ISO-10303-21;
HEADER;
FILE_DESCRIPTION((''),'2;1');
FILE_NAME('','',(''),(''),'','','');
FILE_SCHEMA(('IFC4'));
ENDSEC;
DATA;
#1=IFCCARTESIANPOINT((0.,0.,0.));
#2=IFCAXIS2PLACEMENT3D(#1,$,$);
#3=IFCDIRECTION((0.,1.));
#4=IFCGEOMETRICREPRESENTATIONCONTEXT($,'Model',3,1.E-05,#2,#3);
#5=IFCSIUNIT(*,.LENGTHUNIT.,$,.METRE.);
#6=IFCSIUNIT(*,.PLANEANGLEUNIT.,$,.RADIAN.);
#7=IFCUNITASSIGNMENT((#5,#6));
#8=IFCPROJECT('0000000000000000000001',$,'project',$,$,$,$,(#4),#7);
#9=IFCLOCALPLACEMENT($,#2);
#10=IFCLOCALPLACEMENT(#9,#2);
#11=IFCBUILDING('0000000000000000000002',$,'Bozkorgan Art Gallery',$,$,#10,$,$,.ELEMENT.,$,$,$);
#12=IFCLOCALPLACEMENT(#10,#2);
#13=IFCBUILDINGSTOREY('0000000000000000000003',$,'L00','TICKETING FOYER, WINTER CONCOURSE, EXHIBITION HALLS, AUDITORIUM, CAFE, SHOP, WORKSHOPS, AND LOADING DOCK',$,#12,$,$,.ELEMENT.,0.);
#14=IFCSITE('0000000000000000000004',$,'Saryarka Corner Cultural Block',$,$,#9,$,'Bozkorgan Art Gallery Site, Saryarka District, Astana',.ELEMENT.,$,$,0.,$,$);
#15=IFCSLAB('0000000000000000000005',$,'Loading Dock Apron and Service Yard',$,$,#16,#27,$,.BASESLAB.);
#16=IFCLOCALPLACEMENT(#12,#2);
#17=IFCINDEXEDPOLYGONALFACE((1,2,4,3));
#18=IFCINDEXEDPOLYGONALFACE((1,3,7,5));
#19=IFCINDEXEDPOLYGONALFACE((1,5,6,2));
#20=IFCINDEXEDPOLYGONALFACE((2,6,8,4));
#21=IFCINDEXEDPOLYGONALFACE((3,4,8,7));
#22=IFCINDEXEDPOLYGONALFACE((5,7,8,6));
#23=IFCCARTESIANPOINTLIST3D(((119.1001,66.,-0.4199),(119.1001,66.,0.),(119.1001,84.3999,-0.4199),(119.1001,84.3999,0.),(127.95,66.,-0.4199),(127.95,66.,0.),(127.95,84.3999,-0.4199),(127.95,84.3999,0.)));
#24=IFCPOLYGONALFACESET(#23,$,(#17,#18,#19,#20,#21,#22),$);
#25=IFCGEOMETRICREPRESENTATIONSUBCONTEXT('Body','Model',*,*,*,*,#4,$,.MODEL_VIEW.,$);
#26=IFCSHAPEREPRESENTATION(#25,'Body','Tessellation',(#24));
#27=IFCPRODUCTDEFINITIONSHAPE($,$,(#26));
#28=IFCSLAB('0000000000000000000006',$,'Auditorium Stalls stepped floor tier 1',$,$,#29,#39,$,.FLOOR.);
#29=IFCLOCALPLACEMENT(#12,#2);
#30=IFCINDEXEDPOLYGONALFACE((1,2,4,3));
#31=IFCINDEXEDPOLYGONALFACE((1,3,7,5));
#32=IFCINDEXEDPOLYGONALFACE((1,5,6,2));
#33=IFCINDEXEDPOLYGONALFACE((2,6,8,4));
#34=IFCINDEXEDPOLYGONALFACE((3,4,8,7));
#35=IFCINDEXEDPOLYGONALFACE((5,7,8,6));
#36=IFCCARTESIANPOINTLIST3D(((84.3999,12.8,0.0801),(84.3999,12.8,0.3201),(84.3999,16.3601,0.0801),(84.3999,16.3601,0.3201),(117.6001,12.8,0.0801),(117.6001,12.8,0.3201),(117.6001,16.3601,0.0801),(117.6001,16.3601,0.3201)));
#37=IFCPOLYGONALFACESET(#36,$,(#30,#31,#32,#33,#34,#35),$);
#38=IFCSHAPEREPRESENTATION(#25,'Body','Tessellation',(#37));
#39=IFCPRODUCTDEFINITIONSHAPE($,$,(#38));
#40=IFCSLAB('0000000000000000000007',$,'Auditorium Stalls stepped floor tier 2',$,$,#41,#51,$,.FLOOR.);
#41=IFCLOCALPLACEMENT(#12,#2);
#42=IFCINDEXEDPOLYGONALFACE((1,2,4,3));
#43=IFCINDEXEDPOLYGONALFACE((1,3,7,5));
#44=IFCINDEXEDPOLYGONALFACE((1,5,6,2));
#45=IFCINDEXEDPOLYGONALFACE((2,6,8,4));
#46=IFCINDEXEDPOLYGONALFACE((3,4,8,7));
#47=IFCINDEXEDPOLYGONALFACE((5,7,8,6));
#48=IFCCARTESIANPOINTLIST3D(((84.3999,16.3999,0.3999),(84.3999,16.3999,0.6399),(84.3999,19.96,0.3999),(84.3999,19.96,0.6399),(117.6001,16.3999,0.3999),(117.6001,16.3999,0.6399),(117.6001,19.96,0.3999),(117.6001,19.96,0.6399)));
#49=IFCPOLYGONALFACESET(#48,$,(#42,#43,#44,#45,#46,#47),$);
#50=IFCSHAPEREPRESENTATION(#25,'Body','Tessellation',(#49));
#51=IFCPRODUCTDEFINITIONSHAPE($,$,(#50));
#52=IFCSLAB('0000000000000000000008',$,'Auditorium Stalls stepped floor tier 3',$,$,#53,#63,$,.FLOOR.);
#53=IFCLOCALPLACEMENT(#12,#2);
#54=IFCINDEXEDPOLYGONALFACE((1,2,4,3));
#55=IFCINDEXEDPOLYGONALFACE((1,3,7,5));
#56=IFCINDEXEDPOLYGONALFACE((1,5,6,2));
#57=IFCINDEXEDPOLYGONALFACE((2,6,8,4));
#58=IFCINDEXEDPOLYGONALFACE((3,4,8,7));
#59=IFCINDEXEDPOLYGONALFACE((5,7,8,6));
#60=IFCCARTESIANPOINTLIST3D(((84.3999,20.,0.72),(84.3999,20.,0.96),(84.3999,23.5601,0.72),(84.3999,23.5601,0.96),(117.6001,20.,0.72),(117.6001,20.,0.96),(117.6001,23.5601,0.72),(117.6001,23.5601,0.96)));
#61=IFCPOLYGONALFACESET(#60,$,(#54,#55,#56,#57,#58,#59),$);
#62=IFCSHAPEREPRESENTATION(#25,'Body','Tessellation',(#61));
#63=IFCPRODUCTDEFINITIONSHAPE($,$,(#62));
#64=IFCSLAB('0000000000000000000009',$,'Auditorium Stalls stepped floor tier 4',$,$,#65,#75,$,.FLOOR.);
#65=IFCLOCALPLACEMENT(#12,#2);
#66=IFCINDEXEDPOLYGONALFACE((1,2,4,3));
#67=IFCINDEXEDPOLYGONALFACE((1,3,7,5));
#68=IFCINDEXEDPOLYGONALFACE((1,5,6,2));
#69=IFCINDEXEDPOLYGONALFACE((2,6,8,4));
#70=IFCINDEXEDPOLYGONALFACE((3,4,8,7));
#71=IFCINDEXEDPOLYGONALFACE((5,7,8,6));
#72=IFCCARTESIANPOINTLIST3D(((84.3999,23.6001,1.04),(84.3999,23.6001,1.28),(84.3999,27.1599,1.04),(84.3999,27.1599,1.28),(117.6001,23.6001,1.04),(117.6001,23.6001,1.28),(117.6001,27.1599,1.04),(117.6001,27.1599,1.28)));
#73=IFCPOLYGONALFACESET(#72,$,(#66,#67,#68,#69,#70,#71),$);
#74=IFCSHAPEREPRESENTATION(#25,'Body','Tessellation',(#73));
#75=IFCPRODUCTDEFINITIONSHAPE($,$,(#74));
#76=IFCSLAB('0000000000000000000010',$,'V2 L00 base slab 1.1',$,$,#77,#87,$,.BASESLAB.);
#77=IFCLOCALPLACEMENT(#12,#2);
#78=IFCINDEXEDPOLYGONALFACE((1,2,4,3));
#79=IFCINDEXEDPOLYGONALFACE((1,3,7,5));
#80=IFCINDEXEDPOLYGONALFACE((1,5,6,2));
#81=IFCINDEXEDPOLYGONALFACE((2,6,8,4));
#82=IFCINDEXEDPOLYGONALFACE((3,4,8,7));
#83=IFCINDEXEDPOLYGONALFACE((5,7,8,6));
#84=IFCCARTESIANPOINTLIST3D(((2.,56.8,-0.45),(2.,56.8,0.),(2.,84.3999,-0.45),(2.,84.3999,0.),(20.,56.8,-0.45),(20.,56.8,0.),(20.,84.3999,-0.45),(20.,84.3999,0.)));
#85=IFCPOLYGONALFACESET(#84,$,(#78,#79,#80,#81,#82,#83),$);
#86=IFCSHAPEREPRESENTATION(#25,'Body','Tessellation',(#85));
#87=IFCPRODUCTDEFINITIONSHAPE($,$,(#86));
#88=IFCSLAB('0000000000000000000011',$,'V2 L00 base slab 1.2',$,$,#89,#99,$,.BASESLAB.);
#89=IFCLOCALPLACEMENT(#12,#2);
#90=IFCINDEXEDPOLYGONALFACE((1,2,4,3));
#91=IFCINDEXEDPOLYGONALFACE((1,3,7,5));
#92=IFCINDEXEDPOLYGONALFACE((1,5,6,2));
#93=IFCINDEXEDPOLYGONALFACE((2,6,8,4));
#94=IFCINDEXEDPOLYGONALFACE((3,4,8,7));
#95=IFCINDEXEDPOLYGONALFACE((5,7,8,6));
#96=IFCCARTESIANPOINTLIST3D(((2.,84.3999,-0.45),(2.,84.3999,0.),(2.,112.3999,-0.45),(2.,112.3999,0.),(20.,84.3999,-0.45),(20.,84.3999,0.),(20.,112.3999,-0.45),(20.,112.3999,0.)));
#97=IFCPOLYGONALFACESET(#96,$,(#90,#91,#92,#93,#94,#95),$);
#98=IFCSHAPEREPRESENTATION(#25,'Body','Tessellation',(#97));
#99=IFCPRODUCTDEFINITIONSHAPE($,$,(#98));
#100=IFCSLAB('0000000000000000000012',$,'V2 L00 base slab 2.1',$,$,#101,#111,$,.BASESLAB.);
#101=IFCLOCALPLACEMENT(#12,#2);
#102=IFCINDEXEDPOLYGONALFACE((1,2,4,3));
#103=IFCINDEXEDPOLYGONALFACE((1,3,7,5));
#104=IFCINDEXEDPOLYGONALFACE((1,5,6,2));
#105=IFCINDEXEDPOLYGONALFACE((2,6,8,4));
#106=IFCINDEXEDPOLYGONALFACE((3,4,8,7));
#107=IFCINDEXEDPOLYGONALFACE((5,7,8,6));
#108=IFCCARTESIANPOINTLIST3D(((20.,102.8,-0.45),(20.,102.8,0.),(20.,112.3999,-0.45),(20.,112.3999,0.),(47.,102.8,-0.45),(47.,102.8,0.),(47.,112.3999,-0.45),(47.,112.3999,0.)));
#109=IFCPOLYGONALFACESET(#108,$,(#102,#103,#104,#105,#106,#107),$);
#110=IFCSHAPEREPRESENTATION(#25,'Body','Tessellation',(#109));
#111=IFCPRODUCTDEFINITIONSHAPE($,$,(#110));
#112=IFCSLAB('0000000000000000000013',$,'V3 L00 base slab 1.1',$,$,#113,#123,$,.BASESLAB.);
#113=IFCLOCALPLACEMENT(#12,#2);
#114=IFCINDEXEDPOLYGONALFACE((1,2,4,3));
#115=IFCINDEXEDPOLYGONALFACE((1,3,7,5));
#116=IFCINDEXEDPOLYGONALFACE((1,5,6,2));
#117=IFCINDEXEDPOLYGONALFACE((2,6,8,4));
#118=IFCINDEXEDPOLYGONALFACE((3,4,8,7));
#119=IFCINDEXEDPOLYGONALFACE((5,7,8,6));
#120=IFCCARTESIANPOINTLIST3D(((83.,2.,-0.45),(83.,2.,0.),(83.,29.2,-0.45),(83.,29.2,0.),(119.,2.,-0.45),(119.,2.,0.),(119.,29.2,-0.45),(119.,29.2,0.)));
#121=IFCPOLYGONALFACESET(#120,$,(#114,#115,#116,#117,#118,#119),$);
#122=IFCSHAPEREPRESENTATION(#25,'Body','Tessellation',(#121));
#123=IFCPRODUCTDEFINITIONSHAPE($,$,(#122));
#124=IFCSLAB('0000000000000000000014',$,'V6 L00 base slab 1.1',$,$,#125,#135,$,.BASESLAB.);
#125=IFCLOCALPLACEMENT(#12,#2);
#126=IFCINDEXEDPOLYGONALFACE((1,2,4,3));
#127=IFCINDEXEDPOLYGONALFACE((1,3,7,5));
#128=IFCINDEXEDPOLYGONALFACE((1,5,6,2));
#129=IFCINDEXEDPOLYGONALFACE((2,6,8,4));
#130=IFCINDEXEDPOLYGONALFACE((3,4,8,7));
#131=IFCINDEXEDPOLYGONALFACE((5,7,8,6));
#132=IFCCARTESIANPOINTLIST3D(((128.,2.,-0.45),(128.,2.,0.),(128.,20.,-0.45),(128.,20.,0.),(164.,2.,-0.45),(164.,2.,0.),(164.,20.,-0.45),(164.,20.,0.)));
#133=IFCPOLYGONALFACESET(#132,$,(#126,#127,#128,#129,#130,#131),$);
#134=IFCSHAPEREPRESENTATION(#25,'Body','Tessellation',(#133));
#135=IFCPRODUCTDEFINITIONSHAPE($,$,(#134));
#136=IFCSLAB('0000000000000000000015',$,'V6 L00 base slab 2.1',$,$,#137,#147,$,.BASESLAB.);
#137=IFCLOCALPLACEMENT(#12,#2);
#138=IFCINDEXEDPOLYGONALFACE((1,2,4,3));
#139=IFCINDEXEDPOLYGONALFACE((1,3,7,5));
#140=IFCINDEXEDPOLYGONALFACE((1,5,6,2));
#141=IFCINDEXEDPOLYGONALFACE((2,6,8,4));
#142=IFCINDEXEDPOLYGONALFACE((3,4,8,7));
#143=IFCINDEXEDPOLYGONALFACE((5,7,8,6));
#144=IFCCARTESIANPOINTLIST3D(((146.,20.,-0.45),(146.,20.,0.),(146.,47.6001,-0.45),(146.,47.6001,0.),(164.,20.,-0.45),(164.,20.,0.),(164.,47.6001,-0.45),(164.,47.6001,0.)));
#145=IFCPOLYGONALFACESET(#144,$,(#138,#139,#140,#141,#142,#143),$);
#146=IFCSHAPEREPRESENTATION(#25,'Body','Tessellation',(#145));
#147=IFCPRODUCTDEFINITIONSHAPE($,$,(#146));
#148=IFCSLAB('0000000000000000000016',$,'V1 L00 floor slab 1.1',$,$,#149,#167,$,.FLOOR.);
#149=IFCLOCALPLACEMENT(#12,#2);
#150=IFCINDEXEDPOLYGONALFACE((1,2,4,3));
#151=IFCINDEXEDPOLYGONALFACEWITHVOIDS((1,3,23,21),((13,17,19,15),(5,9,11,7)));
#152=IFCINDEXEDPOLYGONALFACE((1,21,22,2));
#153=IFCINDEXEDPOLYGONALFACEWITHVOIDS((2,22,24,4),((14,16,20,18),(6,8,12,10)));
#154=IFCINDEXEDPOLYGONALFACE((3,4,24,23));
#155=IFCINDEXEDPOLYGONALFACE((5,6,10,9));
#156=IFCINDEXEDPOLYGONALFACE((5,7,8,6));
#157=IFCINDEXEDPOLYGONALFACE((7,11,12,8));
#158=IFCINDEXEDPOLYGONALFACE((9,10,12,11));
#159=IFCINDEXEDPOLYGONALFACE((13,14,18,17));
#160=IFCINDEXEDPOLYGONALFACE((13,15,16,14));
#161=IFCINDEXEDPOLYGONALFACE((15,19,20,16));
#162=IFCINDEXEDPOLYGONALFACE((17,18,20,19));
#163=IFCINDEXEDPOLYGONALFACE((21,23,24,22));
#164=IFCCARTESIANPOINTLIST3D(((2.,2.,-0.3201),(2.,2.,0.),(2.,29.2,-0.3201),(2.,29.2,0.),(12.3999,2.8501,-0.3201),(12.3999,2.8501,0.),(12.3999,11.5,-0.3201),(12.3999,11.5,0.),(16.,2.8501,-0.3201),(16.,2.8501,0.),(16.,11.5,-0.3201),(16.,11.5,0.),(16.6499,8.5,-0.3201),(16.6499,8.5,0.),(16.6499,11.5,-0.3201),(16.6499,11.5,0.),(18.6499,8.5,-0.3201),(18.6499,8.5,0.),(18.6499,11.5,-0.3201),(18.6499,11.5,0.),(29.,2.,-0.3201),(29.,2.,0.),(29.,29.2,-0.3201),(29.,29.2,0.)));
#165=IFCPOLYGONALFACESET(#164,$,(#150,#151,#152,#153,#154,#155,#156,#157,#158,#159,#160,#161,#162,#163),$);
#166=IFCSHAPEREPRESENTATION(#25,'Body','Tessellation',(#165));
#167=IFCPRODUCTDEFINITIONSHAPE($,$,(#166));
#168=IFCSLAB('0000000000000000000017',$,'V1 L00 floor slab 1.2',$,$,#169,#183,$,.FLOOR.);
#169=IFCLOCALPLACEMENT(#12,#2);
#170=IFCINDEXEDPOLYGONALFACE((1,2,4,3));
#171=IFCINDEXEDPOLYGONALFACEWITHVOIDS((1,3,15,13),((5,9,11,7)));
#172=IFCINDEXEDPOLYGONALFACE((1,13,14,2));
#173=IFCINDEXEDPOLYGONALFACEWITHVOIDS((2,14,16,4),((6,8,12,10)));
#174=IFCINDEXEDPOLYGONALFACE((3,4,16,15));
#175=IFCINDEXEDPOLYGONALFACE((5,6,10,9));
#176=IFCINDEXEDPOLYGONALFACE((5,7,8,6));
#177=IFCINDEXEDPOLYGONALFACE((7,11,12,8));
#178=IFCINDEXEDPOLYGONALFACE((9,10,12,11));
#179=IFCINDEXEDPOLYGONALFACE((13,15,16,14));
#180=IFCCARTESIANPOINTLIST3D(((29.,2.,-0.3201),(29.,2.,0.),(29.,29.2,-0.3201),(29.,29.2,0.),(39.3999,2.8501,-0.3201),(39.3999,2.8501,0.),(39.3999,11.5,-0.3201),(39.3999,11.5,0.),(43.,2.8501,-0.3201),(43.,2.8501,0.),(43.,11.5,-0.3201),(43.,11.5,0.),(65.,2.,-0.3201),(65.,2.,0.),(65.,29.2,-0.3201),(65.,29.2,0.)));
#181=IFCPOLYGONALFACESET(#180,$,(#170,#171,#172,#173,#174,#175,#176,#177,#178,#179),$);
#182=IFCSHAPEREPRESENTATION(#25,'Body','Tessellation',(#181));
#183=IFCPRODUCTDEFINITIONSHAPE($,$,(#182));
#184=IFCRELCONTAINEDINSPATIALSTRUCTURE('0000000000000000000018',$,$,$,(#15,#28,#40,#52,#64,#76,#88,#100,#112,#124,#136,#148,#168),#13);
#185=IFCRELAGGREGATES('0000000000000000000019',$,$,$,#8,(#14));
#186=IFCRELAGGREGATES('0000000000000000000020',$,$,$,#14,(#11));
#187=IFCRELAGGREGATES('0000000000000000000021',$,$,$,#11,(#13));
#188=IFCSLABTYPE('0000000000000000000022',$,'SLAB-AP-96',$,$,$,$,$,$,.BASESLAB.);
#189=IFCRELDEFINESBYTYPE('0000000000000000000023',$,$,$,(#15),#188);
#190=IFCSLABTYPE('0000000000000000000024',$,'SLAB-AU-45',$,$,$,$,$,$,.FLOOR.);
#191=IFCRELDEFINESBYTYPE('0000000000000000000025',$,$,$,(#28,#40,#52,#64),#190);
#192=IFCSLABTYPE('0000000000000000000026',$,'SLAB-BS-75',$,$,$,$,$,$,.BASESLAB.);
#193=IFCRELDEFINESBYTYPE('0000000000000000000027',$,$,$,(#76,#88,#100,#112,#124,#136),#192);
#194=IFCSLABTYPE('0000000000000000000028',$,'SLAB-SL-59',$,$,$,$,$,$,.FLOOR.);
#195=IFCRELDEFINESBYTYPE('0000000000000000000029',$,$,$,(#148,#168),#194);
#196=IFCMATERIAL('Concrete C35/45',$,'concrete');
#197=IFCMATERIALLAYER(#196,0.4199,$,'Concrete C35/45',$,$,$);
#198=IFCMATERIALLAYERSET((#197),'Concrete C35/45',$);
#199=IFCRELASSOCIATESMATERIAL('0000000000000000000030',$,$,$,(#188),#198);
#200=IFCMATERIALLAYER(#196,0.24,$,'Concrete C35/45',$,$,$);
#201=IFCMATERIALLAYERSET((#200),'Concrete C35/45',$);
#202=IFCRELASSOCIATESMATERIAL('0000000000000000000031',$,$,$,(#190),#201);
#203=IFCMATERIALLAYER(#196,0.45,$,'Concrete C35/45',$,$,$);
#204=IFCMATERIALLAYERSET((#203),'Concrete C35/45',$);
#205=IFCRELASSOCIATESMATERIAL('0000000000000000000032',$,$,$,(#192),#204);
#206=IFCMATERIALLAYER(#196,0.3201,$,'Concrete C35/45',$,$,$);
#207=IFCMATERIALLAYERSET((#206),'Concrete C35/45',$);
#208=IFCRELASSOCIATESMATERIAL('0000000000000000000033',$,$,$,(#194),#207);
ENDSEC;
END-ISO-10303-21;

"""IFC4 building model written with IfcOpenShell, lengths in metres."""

from ifc_helpers import new_model, si_unit, direction, frame, origin, place, context, subcontext, project, spatial, polyline, outline, extrude, material, layer, layer_set, type_object, element, save


model = new_model("IFC4")

# Units and contexts
model_context = context("Model", 3, precision=1e-05, world=origin(), true_north=direction((0.0, 1.0)))
body_context = subcontext(model_context, "Body", "Model", "MODEL_VIEW")
ifc_project = project(units=[si_unit("LENGTHUNIT", "METRE"), si_unit("PLANEANGLEUNIT", "RADIAN")], contexts=[model_context])

# Site, building, storey
site_placement = place(None, origin())
site = spatial("IfcSite", under=ifc_project, at=site_placement, Name="Saryarka Corner Cultural Block", LongName="Bozkorgan Art Gallery Site, Saryarka District, Astana", CompositionType="ELEMENT", RefElevation=0.0)
building_placement = place(site_placement, origin())
building = spatial("IfcBuilding", under=site, at=building_placement, Name="Bozkorgan Art Gallery", CompositionType="ELEMENT")
storey_placement = place(building_placement, origin())
storey = spatial("IfcBuildingStorey", under=building, at=storey_placement, Name="L00", Description="TICKETING FOYER, WINTER CONCOURSE, EXHIBITION HALLS, AUDITORIUM, CAFE, SHOP, WORKSHOPS, AND LOADING DOCK", CompositionType="ELEMENT", Elevation=0.0)

# Slabs
ifc_material = material(Name="Concrete C35/45", Category="concrete")
ifc_layer_1 = layer(ifc_material, 0.4199, Name="Concrete C35/45")
ifc_layer_set_1 = layer_set([ifc_layer_1], Name="Concrete C35/45")
slab_type_1 = type_object("IfcSlabType", Name="SLAB-AP-96", PredefinedType="BASESLAB", material=ifc_layer_set_1)
slab_1_placement = place(storey_placement, frame((0.0, 0.0, -0.4199)))
element("IfcSlab", 1, at=slab_1_placement, inside=storey, type_object=slab_type_1, Name="Loading Dock Apron and Service Yard", PredefinedType="BASESLAB", context=body_context, shape_type="SweptSolid", body=[
    extrude(outline(polyline([(119.1001, 66.0), (127.95, 66.0), (127.95, 84.3999), (119.1001, 84.3999), (119.1001, 66.0)])), origin(), (0.0, 0.0, 1.0), 0.4199),
])
ifc_layer_2 = layer(ifc_material, 0.24, Name="Concrete C35/45")
ifc_layer_set_2 = layer_set([ifc_layer_2], Name="Concrete C35/45")
slab_type_2 = type_object("IfcSlabType", Name="SLAB-AU-45", PredefinedType="FLOOR", material=ifc_layer_set_2)
slab_2_placement = place(storey_placement, frame((0.0, 0.0, 0.0801)))
element("IfcSlab", 2, at=slab_2_placement, inside=storey, type_object=slab_type_2, Name="Auditorium Stalls stepped floor tier 1", PredefinedType="FLOOR", context=body_context, shape_type="SweptSolid", body=[
    extrude(outline(polyline([(84.3999, 12.8), (117.6001, 12.8), (117.6001, 16.3601), (84.3999, 16.3601), (84.3999, 12.8)])), origin(), (0.0, 0.0, 1.0), 0.24),
])
slab_3_placement = place(storey_placement, frame((0.0, 0.0, 0.3999)))
element("IfcSlab", 3, at=slab_3_placement, inside=storey, type_object=slab_type_2, Name="Auditorium Stalls stepped floor tier 2", PredefinedType="FLOOR", context=body_context, shape_type="SweptSolid", body=[
    extrude(outline(polyline([(84.3999, 16.3999), (117.6001, 16.3999), (117.6001, 19.96), (84.3999, 19.96), (84.3999, 16.3999)])), origin(), (0.0, 0.0, 1.0), 0.24),
])
slab_4_placement = place(storey_placement, frame((0.0, 0.0, 0.72)))
element("IfcSlab", 4, at=slab_4_placement, inside=storey, type_object=slab_type_2, Name="Auditorium Stalls stepped floor tier 3", PredefinedType="FLOOR", context=body_context, shape_type="SweptSolid", body=[
    extrude(outline(polyline([(84.3999, 20.0), (117.6001, 20.0), (117.6001, 23.5601), (84.3999, 23.5601), (84.3999, 20.0)])), origin(), (0.0, 0.0, 1.0), 0.24),
])
slab_5_placement = place(storey_placement, frame((0.0, 0.0, 1.04)))
element("IfcSlab", 5, at=slab_5_placement, inside=storey, type_object=slab_type_2, Name="Auditorium Stalls stepped floor tier 4", PredefinedType="FLOOR", context=body_context, shape_type="SweptSolid", body=[
    extrude(outline(polyline([(84.3999, 23.6001), (117.6001, 23.6001), (117.6001, 27.1599), (84.3999, 27.1599), (84.3999, 23.6001)])), origin(), (0.0, 0.0, 1.0), 0.24),
])
ifc_layer_3 = layer(ifc_material, 0.45, Name="Concrete C35/45")
ifc_layer_set_3 = layer_set([ifc_layer_3], Name="Concrete C35/45")
slab_type_3 = type_object("IfcSlabType", Name="SLAB-BS-75", PredefinedType="BASESLAB", material=ifc_layer_set_3)
slab_6_placement = place(storey_placement, frame((0.0, 0.0, -0.45)))
element("IfcSlab", 6, at=slab_6_placement, inside=storey, type_object=slab_type_3, Name="V2 L00 base slab 1.1", PredefinedType="BASESLAB", context=body_context, shape_type="SweptSolid", body=[
    extrude(outline(polyline([(2.0, 56.8), (20.0, 56.8), (20.0, 84.3999), (2.0, 84.3999), (2.0, 56.8)])), origin(), (0.0, 0.0, 1.0), 0.45),
])
slab_7_placement = place(storey_placement, frame((0.0, 0.0, -0.45)))
element("IfcSlab", 7, at=slab_7_placement, inside=storey, type_object=slab_type_3, Name="V2 L00 base slab 1.2", PredefinedType="BASESLAB", context=body_context, shape_type="SweptSolid", body=[
    extrude(outline(polyline([(2.0, 84.3999), (20.0, 84.3999), (20.0, 112.3999), (2.0, 112.3999), (2.0, 84.3999)])), origin(), (0.0, 0.0, 1.0), 0.45),
])
slab_8_placement = place(storey_placement, frame((0.0, 0.0, -0.45)))
element("IfcSlab", 8, at=slab_8_placement, inside=storey, type_object=slab_type_3, Name="V2 L00 base slab 2.1", PredefinedType="BASESLAB", context=body_context, shape_type="SweptSolid", body=[
    extrude(outline(polyline([(20.0, 102.8), (47.0, 102.8), (47.0, 112.3999), (20.0, 112.3999), (20.0, 102.8)])), origin(), (0.0, 0.0, 1.0), 0.45),
])
slab_9_placement = place(storey_placement, frame((0.0, 0.0, -0.45)))
element("IfcSlab", 9, at=slab_9_placement, inside=storey, type_object=slab_type_3, Name="V3 L00 base slab 1.1", PredefinedType="BASESLAB", context=body_context, shape_type="SweptSolid", body=[
    extrude(outline(polyline([(83.0, 2.0), (119.0, 2.0), (119.0, 29.2), (83.0, 29.2), (83.0, 2.0)])), origin(), (0.0, 0.0, 1.0), 0.45),
])
slab_10_placement = place(storey_placement, frame((0.0, 0.0, -0.45)))
element("IfcSlab", 10, at=slab_10_placement, inside=storey, type_object=slab_type_3, Name="V6 L00 base slab 1.1", PredefinedType="BASESLAB", context=body_context, shape_type="SweptSolid", body=[
    extrude(outline(polyline([(128.0, 2.0), (164.0, 2.0), (164.0, 20.0), (128.0, 20.0), (128.0, 2.0)])), origin(), (0.0, 0.0, 1.0), 0.45),
])
slab_11_placement = place(storey_placement, frame((0.0, 0.0, -0.45)))
element("IfcSlab", 11, at=slab_11_placement, inside=storey, type_object=slab_type_3, Name="V6 L00 base slab 2.1", PredefinedType="BASESLAB", context=body_context, shape_type="SweptSolid", body=[
    extrude(outline(polyline([(146.0, 20.0), (164.0, 20.0), (164.0, 47.6001), (146.0, 47.6001), (146.0, 20.0)])), origin(), (0.0, 0.0, 1.0), 0.45),
])
ifc_layer_4 = layer(ifc_material, 0.3201, Name="Concrete C35/45")
ifc_layer_set_4 = layer_set([ifc_layer_4], Name="Concrete C35/45")
slab_type_4 = type_object("IfcSlabType", Name="SLAB-SL-59", PredefinedType="FLOOR", material=ifc_layer_set_4)
slab_12_placement = place(storey_placement, frame((0.0, 0.0, -0.3201)))
element("IfcSlab", 12, at=slab_12_placement, inside=storey, type_object=slab_type_4, Name="V1 L00 floor slab 1.1", PredefinedType="FLOOR", context=body_context, shape_type="SweptSolid", body=[
    extrude(outline(polyline([(2.0, 2.0), (29.0, 2.0), (29.0, 29.2), (2.0, 29.2), (2.0, 2.0)]), holes=[polyline([(12.3999, 2.8501), (16.0, 2.8501), (16.0, 11.5), (12.3999, 11.5), (12.3999, 2.8501)]), polyline([(16.6499, 8.5), (18.6499, 8.5), (18.6499, 11.5), (16.6499, 11.5), (16.6499, 8.5)])]), origin(), (0.0, 0.0, 1.0), 0.3201),
])
slab_13_placement = place(storey_placement, frame((0.0, 0.0, -0.3201)))
element("IfcSlab", 13, at=slab_13_placement, inside=storey, type_object=slab_type_4, Name="V1 L00 floor slab 1.2", PredefinedType="FLOOR", context=body_context, shape_type="SweptSolid", body=[
    extrude(outline(polyline([(29.0, 2.0), (65.0, 2.0), (65.0, 29.2), (29.0, 29.2), (29.0, 2.0)]), holes=[polyline([(39.3999, 2.8501), (43.0, 2.8501), (43.0, 11.5), (39.3999, 11.5), (39.3999, 2.8501)])]), origin(), (0.0, 0.0, 1.0), 0.3201),
])

save(model, "model.ifc")
